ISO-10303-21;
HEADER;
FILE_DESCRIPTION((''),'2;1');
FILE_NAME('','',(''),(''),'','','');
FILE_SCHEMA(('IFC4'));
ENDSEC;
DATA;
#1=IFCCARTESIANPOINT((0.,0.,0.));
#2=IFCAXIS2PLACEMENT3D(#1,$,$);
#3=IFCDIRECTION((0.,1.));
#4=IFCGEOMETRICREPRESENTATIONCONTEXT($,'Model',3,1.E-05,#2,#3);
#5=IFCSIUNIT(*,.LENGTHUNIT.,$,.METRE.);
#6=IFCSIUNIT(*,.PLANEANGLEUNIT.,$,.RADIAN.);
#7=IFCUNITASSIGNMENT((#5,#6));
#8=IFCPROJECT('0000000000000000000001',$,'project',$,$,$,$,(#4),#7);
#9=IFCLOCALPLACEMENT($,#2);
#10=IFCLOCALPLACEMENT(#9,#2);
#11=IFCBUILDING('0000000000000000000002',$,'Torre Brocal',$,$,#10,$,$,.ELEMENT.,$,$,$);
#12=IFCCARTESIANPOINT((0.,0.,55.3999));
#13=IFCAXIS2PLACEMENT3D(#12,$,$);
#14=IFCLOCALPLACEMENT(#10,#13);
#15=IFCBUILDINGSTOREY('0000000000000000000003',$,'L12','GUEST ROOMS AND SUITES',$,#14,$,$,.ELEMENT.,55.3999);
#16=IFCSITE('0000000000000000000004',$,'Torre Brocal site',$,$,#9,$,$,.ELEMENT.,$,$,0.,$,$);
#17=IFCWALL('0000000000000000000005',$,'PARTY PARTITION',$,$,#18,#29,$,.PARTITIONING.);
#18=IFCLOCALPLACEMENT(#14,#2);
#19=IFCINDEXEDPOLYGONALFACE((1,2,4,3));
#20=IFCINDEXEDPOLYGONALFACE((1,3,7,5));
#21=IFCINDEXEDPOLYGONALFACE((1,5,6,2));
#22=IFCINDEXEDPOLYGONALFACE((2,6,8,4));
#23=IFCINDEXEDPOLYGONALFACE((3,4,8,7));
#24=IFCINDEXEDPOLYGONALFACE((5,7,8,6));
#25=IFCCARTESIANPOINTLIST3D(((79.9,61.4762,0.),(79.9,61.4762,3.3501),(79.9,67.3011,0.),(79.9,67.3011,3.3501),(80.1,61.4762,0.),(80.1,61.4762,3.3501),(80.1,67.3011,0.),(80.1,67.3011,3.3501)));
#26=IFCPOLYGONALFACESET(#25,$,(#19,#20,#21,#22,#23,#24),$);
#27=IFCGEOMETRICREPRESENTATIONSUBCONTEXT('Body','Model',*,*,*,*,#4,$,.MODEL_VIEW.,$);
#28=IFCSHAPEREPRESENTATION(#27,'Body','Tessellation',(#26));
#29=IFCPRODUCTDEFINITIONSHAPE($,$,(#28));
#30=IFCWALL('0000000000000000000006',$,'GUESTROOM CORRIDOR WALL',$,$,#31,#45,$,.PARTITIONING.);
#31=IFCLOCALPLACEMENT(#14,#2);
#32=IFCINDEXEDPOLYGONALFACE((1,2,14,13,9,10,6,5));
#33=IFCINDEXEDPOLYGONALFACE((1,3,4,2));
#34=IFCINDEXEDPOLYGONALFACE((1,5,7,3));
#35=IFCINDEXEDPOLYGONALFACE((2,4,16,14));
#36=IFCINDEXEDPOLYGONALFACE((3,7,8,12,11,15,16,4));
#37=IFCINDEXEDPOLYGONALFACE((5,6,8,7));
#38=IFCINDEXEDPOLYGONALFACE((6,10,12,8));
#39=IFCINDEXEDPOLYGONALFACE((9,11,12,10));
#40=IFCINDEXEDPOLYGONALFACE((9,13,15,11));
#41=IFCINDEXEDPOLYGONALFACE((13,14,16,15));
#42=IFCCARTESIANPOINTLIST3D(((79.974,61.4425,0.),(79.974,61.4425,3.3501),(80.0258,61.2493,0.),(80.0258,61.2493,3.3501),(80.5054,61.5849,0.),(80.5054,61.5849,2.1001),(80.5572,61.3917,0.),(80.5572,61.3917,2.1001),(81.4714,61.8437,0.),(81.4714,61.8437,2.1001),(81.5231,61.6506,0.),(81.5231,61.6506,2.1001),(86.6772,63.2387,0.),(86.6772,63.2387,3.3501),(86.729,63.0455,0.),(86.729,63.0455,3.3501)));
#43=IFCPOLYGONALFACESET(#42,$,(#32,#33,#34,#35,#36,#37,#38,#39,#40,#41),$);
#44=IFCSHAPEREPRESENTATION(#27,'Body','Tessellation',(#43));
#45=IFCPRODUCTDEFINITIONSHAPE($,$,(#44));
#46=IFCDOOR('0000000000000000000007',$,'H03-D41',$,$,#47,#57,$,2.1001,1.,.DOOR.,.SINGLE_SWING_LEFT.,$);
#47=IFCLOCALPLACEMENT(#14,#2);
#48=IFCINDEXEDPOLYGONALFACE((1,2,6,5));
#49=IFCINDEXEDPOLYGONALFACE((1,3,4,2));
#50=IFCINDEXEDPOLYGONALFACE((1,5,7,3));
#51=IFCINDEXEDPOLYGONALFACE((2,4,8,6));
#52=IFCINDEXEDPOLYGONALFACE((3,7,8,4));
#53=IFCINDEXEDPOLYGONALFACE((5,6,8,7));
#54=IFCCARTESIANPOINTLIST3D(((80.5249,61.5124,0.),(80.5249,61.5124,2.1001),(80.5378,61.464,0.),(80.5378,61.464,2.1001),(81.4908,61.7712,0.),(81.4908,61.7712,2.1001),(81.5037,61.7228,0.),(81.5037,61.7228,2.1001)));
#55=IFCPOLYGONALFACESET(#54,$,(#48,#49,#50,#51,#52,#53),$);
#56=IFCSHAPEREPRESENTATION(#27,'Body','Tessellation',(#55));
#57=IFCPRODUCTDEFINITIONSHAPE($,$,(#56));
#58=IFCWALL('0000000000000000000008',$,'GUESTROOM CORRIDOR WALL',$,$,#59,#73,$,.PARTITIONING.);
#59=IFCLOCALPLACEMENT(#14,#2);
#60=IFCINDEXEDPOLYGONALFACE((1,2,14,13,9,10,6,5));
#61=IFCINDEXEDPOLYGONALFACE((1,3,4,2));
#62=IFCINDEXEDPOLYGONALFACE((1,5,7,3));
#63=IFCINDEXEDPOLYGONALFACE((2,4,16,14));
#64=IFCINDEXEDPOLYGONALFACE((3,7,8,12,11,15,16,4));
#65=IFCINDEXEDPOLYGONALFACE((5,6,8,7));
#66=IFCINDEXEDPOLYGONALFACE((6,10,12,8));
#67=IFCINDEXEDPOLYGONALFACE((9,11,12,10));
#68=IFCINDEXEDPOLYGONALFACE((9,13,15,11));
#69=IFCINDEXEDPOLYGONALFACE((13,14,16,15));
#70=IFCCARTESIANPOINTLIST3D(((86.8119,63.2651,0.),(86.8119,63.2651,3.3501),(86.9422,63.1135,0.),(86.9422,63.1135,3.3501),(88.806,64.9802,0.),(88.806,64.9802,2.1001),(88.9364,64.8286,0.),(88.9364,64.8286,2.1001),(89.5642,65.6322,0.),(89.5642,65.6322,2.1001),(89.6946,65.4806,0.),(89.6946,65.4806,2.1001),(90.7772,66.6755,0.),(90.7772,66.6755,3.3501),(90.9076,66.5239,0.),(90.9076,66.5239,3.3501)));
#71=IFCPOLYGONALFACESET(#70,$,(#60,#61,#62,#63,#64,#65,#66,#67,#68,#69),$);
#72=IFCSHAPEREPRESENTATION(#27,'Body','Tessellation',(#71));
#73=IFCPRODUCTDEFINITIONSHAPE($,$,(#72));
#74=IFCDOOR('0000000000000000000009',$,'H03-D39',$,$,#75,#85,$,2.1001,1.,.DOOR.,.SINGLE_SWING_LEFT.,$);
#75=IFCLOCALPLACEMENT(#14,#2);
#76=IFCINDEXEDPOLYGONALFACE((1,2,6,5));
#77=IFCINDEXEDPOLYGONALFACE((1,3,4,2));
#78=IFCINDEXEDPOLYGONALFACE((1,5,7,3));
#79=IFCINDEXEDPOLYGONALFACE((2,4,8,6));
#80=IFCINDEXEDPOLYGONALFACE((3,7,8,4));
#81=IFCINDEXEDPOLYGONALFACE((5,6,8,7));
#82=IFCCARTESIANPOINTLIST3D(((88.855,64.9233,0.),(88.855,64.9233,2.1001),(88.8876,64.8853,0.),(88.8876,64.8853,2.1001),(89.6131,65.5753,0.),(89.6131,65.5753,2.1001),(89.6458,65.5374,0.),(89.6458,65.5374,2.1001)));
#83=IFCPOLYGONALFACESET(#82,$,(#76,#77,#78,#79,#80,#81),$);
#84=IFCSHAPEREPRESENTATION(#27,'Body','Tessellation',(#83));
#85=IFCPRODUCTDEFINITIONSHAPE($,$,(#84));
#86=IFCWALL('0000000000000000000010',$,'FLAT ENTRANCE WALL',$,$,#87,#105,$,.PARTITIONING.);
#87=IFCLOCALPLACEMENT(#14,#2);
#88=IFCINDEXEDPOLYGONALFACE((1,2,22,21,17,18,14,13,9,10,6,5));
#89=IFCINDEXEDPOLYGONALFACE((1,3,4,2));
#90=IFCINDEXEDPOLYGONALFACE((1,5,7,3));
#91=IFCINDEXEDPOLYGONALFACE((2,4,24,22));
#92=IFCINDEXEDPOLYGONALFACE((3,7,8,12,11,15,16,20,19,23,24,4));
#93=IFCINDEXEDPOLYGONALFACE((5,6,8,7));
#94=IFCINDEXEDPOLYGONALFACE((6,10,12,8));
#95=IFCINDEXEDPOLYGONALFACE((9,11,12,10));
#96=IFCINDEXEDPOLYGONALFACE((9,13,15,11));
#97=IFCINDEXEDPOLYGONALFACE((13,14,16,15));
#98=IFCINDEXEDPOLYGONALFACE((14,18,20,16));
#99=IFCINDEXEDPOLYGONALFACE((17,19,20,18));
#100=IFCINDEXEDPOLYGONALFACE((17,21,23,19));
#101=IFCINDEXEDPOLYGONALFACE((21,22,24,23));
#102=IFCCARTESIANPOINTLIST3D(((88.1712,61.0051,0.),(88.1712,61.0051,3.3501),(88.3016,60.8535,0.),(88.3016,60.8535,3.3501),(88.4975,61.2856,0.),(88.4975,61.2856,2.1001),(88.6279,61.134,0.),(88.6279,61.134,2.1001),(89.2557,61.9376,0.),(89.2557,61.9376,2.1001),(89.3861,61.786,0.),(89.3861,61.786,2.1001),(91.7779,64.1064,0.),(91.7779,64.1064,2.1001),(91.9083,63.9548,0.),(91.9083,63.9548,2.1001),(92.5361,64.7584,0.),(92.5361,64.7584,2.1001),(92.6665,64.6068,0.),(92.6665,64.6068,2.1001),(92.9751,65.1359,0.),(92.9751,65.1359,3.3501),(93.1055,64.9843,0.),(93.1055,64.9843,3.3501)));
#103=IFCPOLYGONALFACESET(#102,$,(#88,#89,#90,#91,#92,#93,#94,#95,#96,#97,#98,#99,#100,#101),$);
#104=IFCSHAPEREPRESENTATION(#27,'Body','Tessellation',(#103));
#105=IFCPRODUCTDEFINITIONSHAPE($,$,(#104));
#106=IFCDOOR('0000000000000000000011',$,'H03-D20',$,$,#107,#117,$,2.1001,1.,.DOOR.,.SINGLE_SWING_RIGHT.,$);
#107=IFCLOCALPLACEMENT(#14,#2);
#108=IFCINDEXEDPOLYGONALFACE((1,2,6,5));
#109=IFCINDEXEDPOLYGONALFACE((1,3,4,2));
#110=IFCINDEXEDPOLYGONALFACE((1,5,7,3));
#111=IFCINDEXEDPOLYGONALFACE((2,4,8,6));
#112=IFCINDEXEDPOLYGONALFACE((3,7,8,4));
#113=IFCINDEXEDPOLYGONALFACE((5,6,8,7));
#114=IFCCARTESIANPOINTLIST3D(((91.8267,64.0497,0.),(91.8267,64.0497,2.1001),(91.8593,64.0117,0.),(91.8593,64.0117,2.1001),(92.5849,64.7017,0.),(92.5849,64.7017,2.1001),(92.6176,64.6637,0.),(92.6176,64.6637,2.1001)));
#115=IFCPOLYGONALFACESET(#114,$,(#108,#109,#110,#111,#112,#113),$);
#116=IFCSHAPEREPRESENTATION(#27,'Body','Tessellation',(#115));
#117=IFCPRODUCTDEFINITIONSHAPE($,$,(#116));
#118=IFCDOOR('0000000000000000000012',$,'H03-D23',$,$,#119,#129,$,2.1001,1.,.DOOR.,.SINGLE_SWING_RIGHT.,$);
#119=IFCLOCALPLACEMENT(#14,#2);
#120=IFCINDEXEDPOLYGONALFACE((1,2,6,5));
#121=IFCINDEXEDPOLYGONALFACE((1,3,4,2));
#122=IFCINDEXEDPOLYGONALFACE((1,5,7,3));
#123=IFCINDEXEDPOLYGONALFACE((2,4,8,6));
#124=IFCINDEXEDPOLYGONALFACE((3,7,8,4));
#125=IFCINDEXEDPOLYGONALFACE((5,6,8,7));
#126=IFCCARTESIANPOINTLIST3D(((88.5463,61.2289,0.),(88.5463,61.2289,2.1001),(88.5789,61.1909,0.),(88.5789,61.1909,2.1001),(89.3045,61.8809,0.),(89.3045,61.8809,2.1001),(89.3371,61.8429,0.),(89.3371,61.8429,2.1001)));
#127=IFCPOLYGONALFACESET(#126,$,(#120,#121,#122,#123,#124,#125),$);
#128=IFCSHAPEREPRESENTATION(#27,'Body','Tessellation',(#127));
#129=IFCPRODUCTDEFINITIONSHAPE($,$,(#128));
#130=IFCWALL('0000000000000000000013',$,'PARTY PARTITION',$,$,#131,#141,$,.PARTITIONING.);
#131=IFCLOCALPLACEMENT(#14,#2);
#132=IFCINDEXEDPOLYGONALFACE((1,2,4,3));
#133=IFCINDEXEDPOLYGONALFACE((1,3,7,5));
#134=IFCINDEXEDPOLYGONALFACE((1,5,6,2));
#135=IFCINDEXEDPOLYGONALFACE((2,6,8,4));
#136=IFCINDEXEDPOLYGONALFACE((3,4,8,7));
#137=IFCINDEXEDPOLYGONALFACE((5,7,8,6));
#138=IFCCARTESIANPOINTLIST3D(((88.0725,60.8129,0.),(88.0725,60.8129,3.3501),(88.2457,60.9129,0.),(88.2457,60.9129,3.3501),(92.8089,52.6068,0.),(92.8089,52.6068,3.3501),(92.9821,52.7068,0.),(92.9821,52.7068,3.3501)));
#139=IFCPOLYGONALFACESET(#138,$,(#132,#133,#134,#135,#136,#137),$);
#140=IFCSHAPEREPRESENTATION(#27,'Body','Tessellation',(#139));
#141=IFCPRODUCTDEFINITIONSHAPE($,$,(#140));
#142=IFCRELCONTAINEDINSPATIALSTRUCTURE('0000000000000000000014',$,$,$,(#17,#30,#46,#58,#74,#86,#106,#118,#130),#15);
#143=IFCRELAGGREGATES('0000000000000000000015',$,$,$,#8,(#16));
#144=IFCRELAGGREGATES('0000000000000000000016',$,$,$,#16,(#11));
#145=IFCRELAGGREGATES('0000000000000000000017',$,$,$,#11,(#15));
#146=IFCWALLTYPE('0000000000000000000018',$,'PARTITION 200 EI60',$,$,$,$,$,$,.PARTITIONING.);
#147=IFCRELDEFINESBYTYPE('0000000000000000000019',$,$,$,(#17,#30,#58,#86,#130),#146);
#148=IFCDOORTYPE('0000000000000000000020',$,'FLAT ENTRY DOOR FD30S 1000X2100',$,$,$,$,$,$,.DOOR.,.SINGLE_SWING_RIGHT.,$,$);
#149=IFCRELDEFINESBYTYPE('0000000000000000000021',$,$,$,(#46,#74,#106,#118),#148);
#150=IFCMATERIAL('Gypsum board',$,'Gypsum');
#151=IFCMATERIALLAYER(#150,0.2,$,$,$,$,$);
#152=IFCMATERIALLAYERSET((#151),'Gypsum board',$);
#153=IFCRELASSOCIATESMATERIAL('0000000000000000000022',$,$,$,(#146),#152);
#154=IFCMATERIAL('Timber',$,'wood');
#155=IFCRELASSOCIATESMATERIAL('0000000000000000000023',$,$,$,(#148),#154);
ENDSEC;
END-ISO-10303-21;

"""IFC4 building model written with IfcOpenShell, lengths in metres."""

from ifc_helpers import new_model, si_unit, direction, frame, frame_2d, origin, place, context, subcontext, project, spatial, rectangle, extrude, material, layer, layer_set, type_object, element, fill, save


model = new_model("IFC4")

# Units and contexts
model_context = context("Model", 3, precision=1e-05, world=origin(), true_north=direction((0.0, 1.0)))
body_context = subcontext(model_context, "Body", "Model", "MODEL_VIEW")
ifc_project = project(units=[si_unit("LENGTHUNIT", "METRE"), si_unit("PLANEANGLEUNIT", "RADIAN")], contexts=[model_context])

# Site, building, storey
site_placement = place(None, origin())
site = spatial("IfcSite", under=ifc_project, at=site_placement, Name="Torre Brocal site", CompositionType="ELEMENT", RefElevation=0.0)
building_placement = place(site_placement, origin())
building = spatial("IfcBuilding", under=site, at=building_placement, Name="Torre Brocal", CompositionType="ELEMENT")
storey_placement = place(building_placement, frame((0.0, 0.0, 55.3999)))
storey = spatial("IfcBuildingStorey", under=building, at=storey_placement, Name="L12", Description="GUEST ROOMS AND SUITES", CompositionType="ELEMENT", Elevation=55.3999)

# Wall
ifc_material_1 = material(Name="Gypsum board", Category="Gypsum")
ifc_layer_1 = layer(ifc_material_1, 0.2)
ifc_layer_set_1 = layer_set([ifc_layer_1], Name="Gypsum board")
wall_type_1 = type_object("IfcWallType", Name="PARTITION 200 EI60", PredefinedType="PARTITIONING", material=ifc_layer_set_1)
wall_1_placement = place(storey_placement, frame((80.0, 61.4761, 0.0), z_axis=(0.0, 0.0, 1.0), x_axis=(0.0, 1.0, 0.0)))
element("IfcWall", 1, at=wall_1_placement, inside=storey, type_object=wall_type_1, Name="PARTY PARTITION", PredefinedType="PARTITIONING", context=body_context, shape_type="SweptSolid", body=[
    extrude(rectangle(XDim=5.825, YDim=0.2, at=frame_2d((2.9126, 0.0))), origin(), (0.0, 0.0, 1.0), 3.3501),
])

# Walls, openings, doors
wall_2_placement = place(storey_placement, frame((80.0, 61.3459, 0.0), z_axis=(0.0, 0.0, 1.0), x_axis=(0.965924, 0.258825, 0.0)))
wall_2 = element("IfcWall", 2, at=wall_2_placement, inside=storey, type_object=wall_type_1, Name="GUESTROOM CORRIDOR WALL", PredefinedType="PARTITIONING", context=body_context, shape_type="SweptSolid", body=[
    extrude(rectangle(XDim=6.9397, YDim=0.2, at=frame_2d((3.4697, 0.0))), origin(), (0.0, 0.0, 1.0), 3.3501),
])
opening_1_placement = place(wall_2_placement, frame((0.55, 0.0, 0.0)))
opening_1 = element("IfcOpeningElement", 3, at=opening_1_placement, cuts=wall_2, PredefinedType="OPENING", context=body_context, shape_type="SweptSolid", body=[
    extrude(rectangle(XDim=1.0, YDim=2.1001, at=frame_2d((0.5, 1.05))), frame((0.0, 0.1099, 0.0), z_axis=(0.0, -1.0, 0.0), x_axis=(1.0, 0.0, 0.0)), (0.0, 0.0, 1.0), 0.22),
])
ifc_material_2 = material(Name="Timber", Category="wood")
door_type_1 = type_object("IfcDoorType", Name="FLAT ENTRY DOOR FD30S 1000X2100", OperationType="SINGLE_SWING_RIGHT", PredefinedType="DOOR", material=ifc_material_2)
door_1_placement = place(opening_1_placement, origin())
door_1 = element("IfcDoor", 4, at=door_1_placement, inside=storey, type_object=door_type_1, Name="H03-D41", OperationType="SINGLE_SWING_LEFT", OverallHeight=2.1001, OverallWidth=1.0, PredefinedType="DOOR", context=body_context, shape_type="SweptSolid", body=[
    extrude(rectangle(XDim=1.0, YDim=2.1001, at=frame_2d((0.5, 1.05))), frame((0.0, 0.0249, 0.0), z_axis=(0.0, -1.0, 0.0), x_axis=(1.0, 0.0, 0.0)), (0.0, 0.0, 1.0), 0.05),
])
fill(opening_1, door_1)
wall_3_placement = place(storey_placement, frame((86.877, 63.1892, 0.0), z_axis=(0.0, 0.0, 1.0), x_axis=(0.758165, 0.652063, 0.0)))
wall_3 = element("IfcWall", 5, at=wall_3_placement, inside=storey, type_object=wall_type_1, Name="GUESTROOM CORRIDOR WALL", PredefinedType="PARTITIONING", context=body_context, shape_type="SweptSolid", body=[
    extrude(rectangle(XDim=5.2302, YDim=0.2, at=frame_2d((2.6152, 0.0))), origin(), (0.0, 0.0, 1.0), 3.3501),
])
opening_2_placement = place(wall_3_placement, frame((2.6304, 0.0, 0.0)))
opening_2 = element("IfcOpeningElement", 6, at=opening_2_placement, cuts=wall_3, PredefinedType="OPENING", context=body_context, shape_type="SweptSolid", body=[
    extrude(rectangle(XDim=1.0, YDim=2.1001, at=frame_2d((0.5, 1.05))), frame((0.0, 0.1099, 0.0), z_axis=(0.0, -1.0, 0.0), x_axis=(1.0, 0.0, 0.0)), (0.0, 0.0, 1.0), 0.22),
])
door_2_placement = place(opening_2_placement, origin())
door_2 = element("IfcDoor", 7, at=door_2_placement, inside=storey, type_object=door_type_1, Name="H03-D39", OperationType="SINGLE_SWING_LEFT", OverallHeight=2.1001, OverallWidth=1.0, PredefinedType="DOOR", context=body_context, shape_type="SweptSolid", body=[
    extrude(rectangle(XDim=1.0, YDim=2.1001, at=frame_2d((0.5, 1.05))), frame((0.0, 0.0249, 0.0), z_axis=(0.0, -1.0, 0.0), x_axis=(1.0, 0.0, 0.0)), (0.0, 0.0, 1.0), 0.05),
])
fill(opening_2, door_2)

# Wall, openings, doors
wall_4_placement = place(storey_placement, frame((88.2363, 60.9292, 0.0), z_axis=(0.0, 0.0, 1.0), x_axis=(0.758227, 0.65199, 0.0)))
wall_4 = element("IfcWall", 8, at=wall_4_placement, inside=storey, type_object=wall_type_1, Name="FLAT ENTRANCE WALL", PredefinedType="PARTITIONING", context=body_context, shape_type="SweptSolid", body=[
    extrude(rectangle(XDim=6.3357, YDim=0.2, at=frame_2d((3.168, 0.0))), origin(), (0.0, 0.0, 1.0), 3.3501),
])
opening_3_placement = place(wall_4_placement, frame((4.7568, 0.0, 0.0)))
opening_3 = element("IfcOpeningElement", 9, at=opening_3_placement, cuts=wall_4, PredefinedType="OPENING", context=body_context, shape_type="SweptSolid", body=[
    extrude(rectangle(XDim=1.0, YDim=2.1001, at=frame_2d((0.5, 1.05))), frame((0.0, 0.1099, 0.0), z_axis=(0.0, -1.0, 0.0), x_axis=(1.0, 0.0, 0.0)), (0.0, 0.0, 1.0), 0.22),
])
opening_4_placement = place(wall_4_placement, frame((0.4304, 0.0, 0.0)))
opening_4 = element("IfcOpeningElement", 10, at=opening_4_placement, cuts=wall_4, PredefinedType="OPENING", context=body_context, shape_type="SweptSolid", body=[
    extrude(rectangle(XDim=1.0, YDim=2.1001, at=frame_2d((0.5, 1.05))), frame((0.0, 0.1099, 0.0), z_axis=(0.0, -1.0, 0.0), x_axis=(1.0, 0.0, 0.0)), (0.0, 0.0, 1.0), 0.22),
])
door_3_placement = place(opening_3_placement, frame((1.0, 0.0, 0.0), z_axis=(0.0, 0.0, 1.0), x_axis=(-1.0, 0.0, 0.0)))
door_3 = element("IfcDoor", 11, at=door_3_placement, inside=storey, type_object=door_type_1, Name="H03-D20", OperationType="SINGLE_SWING_RIGHT", OverallHeight=2.1001, OverallWidth=1.0, PredefinedType="DOOR", context=body_context, shape_type="SweptSolid", body=[
    extrude(rectangle(XDim=1.0, YDim=2.1001, at=frame_2d((0.5, 1.05))), frame((0.0, 0.0249, 0.0), z_axis=(0.0, -1.0, 0.0), x_axis=(1.0, 0.0, 0.0)), (0.0, 0.0, 1.0), 0.05),
])
fill(opening_3, door_3)
door_4_placement = place(opening_4_placement, frame((1.0, 0.0, 0.0), z_axis=(0.0, 0.0, 1.0), x_axis=(-1.0, 0.0, 0.0)))
door_4 = element("IfcDoor", 12, at=door_4_placement, inside=storey, type_object=door_type_1, Name="H03-D23", OperationType="SINGLE_SWING_RIGHT", OverallHeight=2.1001, OverallWidth=1.0, PredefinedType="DOOR", context=body_context, shape_type="SweptSolid", body=[
    extrude(rectangle(XDim=1.0, YDim=2.1001, at=frame_2d((0.5, 1.05))), frame((0.0, 0.0249, 0.0), z_axis=(0.0, -1.0, 0.0), x_axis=(1.0, 0.0, 0.0)), (0.0, 0.0, 1.0), 0.05),
])
fill(opening_4, door_4)

# Wall
wall_5_placement = place(storey_placement, frame((88.1592, 60.8628, 0.0), z_axis=(0.0, 0.0, 1.0), x_axis=(0.499886, -0.866091, 0.0)))
element("IfcWall", 13, at=wall_5_placement, inside=storey, type_object=wall_type_1, Name="PARTY PARTITION", PredefinedType="PARTITIONING", context=body_context, shape_type="SweptSolid", body=[
    extrude(rectangle(XDim=9.4749, YDim=0.2, at=frame_2d((4.7373, 0.0))), origin(), (0.0, 0.0, 1.0), 3.3501),
])

save(model, "model.ifc")
